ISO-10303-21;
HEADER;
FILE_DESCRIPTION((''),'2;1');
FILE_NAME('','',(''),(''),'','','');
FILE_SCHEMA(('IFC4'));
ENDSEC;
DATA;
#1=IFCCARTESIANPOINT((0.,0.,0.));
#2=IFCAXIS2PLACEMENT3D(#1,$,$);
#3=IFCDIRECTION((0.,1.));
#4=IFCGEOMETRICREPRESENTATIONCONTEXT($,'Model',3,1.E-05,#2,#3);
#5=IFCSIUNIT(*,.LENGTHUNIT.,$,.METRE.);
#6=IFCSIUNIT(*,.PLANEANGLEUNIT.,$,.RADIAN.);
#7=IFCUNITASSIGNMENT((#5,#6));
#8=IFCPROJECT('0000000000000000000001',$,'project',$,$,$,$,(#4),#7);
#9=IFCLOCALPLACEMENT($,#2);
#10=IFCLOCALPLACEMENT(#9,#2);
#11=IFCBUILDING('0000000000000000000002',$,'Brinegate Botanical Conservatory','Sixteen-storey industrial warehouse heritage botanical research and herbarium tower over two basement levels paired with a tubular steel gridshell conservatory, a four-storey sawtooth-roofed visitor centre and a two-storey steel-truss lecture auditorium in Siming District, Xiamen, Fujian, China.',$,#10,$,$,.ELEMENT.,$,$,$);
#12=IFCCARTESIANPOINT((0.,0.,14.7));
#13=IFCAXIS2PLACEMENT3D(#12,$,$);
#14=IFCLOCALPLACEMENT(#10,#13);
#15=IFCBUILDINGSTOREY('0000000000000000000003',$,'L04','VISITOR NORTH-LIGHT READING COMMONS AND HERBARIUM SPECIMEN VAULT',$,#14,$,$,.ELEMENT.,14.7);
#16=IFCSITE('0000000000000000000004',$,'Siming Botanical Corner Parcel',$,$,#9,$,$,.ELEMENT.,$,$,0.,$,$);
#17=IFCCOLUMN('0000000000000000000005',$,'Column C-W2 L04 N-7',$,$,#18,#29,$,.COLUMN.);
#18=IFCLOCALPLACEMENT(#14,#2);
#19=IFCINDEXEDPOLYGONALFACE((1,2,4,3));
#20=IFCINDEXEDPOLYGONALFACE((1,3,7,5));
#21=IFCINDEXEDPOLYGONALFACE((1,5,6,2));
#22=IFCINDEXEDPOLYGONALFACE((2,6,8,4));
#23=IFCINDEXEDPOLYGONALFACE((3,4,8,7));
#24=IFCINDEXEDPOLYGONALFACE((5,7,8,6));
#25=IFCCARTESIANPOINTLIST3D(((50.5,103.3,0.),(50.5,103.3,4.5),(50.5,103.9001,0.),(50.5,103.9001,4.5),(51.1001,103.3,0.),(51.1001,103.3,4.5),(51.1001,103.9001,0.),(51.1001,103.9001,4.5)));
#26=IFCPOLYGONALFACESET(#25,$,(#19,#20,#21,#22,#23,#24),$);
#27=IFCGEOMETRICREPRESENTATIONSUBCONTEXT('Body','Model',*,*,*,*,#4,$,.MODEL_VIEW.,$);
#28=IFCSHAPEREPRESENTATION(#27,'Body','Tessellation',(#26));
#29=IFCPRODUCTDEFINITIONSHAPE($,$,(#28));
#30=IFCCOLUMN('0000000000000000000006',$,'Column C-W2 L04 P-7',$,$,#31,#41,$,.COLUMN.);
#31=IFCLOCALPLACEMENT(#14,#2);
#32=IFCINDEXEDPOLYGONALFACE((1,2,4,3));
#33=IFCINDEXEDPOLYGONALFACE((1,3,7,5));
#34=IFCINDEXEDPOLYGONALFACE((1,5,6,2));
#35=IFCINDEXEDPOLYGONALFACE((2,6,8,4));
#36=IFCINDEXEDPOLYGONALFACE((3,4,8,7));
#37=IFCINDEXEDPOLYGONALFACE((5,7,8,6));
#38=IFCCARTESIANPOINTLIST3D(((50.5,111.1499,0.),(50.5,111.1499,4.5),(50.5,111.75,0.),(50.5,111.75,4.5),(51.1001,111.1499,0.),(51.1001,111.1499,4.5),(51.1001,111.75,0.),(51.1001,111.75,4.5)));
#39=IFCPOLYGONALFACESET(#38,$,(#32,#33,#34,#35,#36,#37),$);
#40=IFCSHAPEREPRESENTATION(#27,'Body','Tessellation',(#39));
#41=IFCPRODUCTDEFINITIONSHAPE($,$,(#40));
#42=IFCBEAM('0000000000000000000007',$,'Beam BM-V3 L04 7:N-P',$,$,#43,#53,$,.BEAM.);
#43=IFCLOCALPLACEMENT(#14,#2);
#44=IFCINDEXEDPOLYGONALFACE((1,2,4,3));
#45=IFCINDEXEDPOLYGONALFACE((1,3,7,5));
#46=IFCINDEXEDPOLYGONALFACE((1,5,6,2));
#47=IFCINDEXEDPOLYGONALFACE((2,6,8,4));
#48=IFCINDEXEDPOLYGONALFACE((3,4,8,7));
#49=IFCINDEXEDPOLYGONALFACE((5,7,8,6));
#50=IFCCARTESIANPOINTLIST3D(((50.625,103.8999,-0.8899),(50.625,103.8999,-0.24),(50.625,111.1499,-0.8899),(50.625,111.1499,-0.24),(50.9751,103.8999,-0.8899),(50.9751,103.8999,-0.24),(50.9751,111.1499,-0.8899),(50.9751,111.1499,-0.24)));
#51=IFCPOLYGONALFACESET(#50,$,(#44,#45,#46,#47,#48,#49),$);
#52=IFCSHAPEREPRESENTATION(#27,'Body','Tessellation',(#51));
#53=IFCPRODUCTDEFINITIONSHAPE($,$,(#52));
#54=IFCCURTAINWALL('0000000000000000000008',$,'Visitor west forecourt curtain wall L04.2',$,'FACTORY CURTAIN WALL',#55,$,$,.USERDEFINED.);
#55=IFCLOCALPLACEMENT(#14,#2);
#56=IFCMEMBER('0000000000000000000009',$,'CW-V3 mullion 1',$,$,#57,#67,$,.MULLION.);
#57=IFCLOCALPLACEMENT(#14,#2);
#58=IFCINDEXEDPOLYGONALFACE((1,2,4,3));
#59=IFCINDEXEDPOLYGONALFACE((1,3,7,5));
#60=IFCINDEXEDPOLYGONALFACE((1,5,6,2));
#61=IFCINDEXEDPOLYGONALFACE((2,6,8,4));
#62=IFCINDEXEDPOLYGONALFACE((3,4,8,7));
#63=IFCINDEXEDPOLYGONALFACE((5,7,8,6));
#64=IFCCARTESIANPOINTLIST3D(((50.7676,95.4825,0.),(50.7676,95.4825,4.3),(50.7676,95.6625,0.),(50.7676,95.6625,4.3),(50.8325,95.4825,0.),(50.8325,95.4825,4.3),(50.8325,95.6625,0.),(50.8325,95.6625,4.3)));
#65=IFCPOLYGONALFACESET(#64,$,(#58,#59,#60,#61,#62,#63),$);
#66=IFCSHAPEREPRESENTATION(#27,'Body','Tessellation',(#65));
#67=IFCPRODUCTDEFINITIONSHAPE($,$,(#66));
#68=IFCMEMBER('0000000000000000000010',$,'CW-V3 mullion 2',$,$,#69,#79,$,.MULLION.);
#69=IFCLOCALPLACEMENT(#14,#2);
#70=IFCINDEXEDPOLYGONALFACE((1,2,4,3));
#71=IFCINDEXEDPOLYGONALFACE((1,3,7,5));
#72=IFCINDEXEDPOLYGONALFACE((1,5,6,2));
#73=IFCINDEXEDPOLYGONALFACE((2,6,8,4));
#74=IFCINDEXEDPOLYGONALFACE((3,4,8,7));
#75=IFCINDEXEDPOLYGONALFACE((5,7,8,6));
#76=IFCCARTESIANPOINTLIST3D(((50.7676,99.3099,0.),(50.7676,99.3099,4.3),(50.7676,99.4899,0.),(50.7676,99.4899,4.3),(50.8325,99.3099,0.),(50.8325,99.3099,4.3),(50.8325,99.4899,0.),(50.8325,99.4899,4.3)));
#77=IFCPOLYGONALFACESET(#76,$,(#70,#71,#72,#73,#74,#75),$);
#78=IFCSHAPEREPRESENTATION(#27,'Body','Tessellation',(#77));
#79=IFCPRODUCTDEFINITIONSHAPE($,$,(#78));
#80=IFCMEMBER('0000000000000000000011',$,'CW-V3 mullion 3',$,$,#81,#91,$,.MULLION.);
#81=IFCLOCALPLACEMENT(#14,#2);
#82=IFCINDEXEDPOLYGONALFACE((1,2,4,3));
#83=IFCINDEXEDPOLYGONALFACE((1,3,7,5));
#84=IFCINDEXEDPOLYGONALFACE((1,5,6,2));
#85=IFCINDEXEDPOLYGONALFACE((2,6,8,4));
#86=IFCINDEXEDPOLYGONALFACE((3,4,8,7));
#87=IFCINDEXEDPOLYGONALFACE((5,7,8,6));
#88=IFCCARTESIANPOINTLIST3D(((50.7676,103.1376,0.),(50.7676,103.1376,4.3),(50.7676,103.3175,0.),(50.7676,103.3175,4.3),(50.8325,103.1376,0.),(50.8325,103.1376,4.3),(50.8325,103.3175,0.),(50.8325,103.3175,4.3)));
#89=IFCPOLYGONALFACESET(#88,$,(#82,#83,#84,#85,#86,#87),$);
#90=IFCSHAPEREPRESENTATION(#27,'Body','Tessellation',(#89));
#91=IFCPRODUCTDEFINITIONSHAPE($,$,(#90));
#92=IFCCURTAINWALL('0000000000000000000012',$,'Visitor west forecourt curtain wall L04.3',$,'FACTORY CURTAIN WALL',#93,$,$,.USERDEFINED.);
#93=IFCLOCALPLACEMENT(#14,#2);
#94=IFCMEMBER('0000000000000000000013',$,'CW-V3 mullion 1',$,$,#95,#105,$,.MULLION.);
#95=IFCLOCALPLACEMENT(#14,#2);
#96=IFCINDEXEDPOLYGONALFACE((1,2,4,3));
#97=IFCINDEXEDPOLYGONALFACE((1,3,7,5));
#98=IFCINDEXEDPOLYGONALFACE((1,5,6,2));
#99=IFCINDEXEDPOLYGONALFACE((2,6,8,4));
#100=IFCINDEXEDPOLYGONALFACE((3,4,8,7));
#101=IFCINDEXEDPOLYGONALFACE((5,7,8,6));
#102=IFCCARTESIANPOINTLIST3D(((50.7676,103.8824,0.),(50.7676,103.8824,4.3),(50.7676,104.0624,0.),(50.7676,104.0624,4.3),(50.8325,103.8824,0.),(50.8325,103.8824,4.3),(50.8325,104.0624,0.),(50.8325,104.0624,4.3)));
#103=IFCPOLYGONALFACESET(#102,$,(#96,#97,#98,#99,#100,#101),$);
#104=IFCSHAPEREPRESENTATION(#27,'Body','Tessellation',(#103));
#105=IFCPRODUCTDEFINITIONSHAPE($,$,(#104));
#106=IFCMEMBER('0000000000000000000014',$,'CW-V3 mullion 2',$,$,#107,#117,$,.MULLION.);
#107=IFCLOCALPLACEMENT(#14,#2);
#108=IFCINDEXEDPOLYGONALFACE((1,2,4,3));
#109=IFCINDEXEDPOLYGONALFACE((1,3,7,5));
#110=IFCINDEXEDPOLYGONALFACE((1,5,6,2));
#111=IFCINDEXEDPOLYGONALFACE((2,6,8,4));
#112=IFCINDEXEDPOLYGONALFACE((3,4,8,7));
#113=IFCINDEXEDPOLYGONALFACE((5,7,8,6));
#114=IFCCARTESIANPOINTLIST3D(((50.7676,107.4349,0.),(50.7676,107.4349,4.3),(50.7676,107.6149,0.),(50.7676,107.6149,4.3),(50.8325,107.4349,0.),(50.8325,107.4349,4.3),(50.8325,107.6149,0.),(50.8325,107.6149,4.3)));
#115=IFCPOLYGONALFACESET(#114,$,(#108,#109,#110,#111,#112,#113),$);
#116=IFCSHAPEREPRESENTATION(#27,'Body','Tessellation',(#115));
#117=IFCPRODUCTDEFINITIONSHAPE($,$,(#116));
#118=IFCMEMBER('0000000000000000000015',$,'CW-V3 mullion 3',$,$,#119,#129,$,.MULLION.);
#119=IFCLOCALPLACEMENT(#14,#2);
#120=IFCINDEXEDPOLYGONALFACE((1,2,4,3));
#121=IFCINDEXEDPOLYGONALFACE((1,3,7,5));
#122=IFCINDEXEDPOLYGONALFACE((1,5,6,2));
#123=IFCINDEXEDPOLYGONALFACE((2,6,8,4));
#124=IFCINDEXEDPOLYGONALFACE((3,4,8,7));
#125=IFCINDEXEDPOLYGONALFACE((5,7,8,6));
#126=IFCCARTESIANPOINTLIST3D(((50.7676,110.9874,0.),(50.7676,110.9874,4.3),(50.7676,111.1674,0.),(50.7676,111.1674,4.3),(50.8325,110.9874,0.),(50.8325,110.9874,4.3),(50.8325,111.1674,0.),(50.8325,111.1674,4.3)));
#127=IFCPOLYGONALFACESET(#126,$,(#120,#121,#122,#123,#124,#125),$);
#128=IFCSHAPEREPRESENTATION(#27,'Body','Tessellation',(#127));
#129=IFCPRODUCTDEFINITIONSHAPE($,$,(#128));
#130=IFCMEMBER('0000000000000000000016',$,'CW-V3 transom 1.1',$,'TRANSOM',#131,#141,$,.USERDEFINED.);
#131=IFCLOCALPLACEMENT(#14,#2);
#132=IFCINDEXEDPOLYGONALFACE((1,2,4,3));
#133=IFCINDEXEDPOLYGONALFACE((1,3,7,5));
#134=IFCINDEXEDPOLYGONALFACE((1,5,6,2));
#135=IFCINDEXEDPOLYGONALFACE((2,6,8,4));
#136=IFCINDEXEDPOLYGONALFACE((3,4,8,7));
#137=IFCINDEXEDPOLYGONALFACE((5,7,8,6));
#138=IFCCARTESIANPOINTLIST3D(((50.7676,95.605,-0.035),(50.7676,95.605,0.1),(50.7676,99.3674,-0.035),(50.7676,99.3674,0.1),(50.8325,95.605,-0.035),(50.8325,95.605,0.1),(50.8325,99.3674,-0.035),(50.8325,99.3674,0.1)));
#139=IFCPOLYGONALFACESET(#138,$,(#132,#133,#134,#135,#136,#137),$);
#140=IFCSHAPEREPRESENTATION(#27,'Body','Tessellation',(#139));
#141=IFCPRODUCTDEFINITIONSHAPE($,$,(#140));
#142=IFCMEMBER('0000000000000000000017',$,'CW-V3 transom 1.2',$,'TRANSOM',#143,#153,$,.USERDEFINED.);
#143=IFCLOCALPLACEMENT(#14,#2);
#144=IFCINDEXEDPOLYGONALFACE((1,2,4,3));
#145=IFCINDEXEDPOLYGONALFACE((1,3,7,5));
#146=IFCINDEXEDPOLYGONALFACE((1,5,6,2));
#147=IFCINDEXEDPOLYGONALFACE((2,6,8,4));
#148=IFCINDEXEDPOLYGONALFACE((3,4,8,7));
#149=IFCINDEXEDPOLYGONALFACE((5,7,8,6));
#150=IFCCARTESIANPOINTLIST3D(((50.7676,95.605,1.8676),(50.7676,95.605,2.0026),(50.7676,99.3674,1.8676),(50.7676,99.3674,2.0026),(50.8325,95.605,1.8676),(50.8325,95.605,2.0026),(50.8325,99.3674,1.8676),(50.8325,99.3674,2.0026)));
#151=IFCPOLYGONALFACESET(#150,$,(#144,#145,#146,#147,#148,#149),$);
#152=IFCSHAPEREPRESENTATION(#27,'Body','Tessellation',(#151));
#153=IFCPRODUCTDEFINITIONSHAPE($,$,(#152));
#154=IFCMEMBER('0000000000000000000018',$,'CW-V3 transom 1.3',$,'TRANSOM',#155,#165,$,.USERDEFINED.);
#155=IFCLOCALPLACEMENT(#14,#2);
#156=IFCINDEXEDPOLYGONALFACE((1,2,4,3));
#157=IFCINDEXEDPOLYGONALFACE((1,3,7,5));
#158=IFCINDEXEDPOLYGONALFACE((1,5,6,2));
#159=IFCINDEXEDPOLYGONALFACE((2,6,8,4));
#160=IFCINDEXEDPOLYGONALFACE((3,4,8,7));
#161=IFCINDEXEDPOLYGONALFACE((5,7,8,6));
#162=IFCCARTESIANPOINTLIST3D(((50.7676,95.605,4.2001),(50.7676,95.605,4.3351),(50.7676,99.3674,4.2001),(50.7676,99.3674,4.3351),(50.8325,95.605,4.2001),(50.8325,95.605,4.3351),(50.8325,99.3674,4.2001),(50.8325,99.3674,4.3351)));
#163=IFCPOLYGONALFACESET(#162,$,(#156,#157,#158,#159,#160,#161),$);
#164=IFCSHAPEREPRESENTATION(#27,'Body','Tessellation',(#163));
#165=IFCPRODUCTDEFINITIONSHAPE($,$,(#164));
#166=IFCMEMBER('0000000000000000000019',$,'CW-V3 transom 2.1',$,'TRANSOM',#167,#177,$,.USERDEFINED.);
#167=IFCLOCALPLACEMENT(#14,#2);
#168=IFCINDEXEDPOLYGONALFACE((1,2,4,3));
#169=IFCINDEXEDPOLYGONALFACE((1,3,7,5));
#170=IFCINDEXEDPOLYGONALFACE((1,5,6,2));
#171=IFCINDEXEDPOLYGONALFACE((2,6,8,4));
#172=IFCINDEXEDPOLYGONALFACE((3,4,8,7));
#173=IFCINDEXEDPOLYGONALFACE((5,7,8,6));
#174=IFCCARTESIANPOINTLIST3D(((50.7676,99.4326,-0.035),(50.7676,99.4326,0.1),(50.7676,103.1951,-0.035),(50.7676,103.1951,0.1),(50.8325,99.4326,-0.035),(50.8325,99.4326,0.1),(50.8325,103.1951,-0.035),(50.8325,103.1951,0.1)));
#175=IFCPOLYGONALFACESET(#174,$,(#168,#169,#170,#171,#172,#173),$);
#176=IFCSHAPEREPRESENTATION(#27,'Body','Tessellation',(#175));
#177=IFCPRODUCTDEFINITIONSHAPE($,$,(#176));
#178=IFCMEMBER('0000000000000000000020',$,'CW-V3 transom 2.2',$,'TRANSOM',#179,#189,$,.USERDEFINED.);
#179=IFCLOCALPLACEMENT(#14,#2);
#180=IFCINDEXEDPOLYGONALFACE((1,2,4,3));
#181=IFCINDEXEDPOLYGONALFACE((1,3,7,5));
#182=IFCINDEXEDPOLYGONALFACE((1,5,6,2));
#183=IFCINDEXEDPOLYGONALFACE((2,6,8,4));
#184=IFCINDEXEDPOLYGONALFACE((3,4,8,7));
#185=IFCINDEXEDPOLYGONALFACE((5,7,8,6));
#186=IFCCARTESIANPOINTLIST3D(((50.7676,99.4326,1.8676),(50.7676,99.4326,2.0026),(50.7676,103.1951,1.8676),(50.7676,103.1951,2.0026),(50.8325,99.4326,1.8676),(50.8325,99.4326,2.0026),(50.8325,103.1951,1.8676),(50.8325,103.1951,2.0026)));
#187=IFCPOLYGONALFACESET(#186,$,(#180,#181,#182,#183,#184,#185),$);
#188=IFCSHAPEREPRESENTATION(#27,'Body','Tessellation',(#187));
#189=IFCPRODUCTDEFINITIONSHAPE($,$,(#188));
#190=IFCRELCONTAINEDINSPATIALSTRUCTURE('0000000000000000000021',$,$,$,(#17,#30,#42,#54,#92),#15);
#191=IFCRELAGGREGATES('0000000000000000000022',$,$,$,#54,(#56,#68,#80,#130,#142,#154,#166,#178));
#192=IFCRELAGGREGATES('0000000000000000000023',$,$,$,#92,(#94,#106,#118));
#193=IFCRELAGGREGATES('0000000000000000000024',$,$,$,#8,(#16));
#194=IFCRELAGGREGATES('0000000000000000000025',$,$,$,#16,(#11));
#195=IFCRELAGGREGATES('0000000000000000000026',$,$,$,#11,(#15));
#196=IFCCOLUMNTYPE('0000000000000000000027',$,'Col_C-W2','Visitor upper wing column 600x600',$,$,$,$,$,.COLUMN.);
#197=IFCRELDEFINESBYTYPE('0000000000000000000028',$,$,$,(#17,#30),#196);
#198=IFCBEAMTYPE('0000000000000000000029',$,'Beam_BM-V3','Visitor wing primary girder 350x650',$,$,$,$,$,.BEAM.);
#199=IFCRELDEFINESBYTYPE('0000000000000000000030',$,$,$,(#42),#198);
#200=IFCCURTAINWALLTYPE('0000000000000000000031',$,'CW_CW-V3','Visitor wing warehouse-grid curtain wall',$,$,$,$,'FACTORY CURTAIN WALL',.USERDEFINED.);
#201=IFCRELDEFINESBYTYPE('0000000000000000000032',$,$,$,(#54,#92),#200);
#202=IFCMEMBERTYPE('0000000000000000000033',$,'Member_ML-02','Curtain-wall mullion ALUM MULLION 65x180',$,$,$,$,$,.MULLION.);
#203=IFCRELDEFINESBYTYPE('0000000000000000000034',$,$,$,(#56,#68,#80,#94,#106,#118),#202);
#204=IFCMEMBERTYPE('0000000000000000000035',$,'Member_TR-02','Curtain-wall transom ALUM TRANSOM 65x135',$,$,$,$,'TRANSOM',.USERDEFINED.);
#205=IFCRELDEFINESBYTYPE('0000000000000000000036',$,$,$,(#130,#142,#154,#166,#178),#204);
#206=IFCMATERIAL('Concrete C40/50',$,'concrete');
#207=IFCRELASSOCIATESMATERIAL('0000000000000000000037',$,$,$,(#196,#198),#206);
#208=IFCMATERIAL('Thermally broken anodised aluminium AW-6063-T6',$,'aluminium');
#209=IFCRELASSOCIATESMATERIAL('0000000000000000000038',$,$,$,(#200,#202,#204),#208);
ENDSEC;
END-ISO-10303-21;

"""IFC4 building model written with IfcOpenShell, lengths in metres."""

from ifc_helpers import new_model, si_unit, direction, frame, origin, origin_2d, place, context, subcontext, project, spatial, rectangle, extrude, material, material_profile, profile_set, type_object, element, aggregate, save


model = new_model("IFC4")

# Units and contexts
model_context = context("Model", 3, precision=1e-05, world=origin(), true_north=direction((0.0, 1.0)))
body_context = subcontext(model_context, "Body", "Model", "MODEL_VIEW")
ifc_project = project(units=[si_unit("LENGTHUNIT", "METRE"), si_unit("PLANEANGLEUNIT", "RADIAN")], contexts=[model_context])

# Site, building, storey
site_placement = place(None, origin())
site = spatial("IfcSite", under=ifc_project, at=site_placement, Name="Siming Botanical Corner Parcel", CompositionType="ELEMENT", RefElevation=0.0)
building_placement = place(site_placement, origin())
building = spatial("IfcBuilding", under=site, at=building_placement, Name="Brinegate Botanical Conservatory", Description="Sixteen-storey industrial warehouse heritage botanical research and herbarium tower over two basement levels paired with a tubular steel gridshell conservatory, a four-storey sawtooth-roofed visitor centre and a two-storey steel-truss lecture auditorium in Siming District, Xiamen, Fujian, China.", CompositionType="ELEMENT")
storey_placement = place(building_placement, frame((0.0, 0.0, 14.7)))
storey = spatial("IfcBuildingStorey", under=building, at=storey_placement, Name="L04", Description="VISITOR NORTH-LIGHT READING COMMONS AND HERBARIUM SPECIMEN VAULT", CompositionType="ELEMENT", Elevation=14.7)

# Columns
ifc_material_1 = material(Name="Concrete C40/50", Category="concrete")
ifc_material_profile_1 = material_profile(ifc_material_1, rectangle(XDim=0.6001, YDim=0.6001, at=origin_2d()), Name="RC COL 600x600")
ifc_profile_set_1 = profile_set([ifc_material_profile_1], Name="Concrete C40/50")
column_type = type_object("IfcColumnType", Name="Col_C-W2", Description="Visitor upper wing column 600x600", PredefinedType="COLUMN", material=ifc_profile_set_1)
for number, where, z_axis, x_axis, name in (
    (1, (50.8, 103.6001, 0.0), (0.0, 0.0, 1.0), (1.0, 0.0, 0.0), "Column C-W2 L04 N-7"),
    (2, (50.8, 111.45, 0.0), (0.0, 0.0, 1.0), (1.0, 0.0, 0.0), "Column C-W2 L04 P-7"),
):
    element("IfcColumn", number, at=place(storey_placement, frame(where, z_axis=z_axis, x_axis=x_axis)), inside=storey, type_object=column_type, Name=name, PredefinedType="COLUMN", context=body_context, shape_type="SweptSolid", body=[
        extrude(rectangle(XDim=0.6001, YDim=0.6001, at=origin_2d()), origin(), (0.0, 0.0, 1.0), 4.5),
    ])

# Beam
ifc_material_profile_2 = material_profile(ifc_material_1, rectangle(XDim=0.3501, YDim=0.6499, at=origin_2d()), Name="RC BM 350x650")
ifc_profile_set_2 = profile_set([ifc_material_profile_2], Name="Concrete C40/50")
beam_type = type_object("IfcBeamType", Name="Beam_BM-V3", Description="Visitor wing primary girder 350x650", PredefinedType="BEAM", material=ifc_profile_set_2)
beam_placement = place(storey_placement, frame((50.8, 103.8999, -0.5649), z_axis=(0.0, 1.0, 0.0), x_axis=(-1.0, 0.0, 0.0)))
element("IfcBeam", 3, at=beam_placement, inside=storey, type_object=beam_type, Name="Beam BM-V3 L04 7:N-P", PredefinedType="BEAM", context=body_context, shape_type="SweptSolid", body=[
    extrude(rectangle(XDim=0.3501, YDim=0.6499, at=origin_2d()), origin(), (0.0, 0.0, 1.0), 7.25),
])

# Curtain walls, members
ifc_material_2 = material(Name="Thermally broken anodised aluminium AW-6063-T6", Category="aluminium")
curtain_wall_type = type_object("IfcCurtainWallType", Name="CW_CW-V3", Description="Visitor wing warehouse-grid curtain wall", ElementType="FACTORY CURTAIN WALL", PredefinedType="USERDEFINED", material=ifc_material_2)
curtain_wall_1_placement = place(storey_placement, origin())
curtain_wall_1 = element("IfcCurtainWall", 4, at=curtain_wall_1_placement, inside=storey, type_object=curtain_wall_type, Name="Visitor west forecourt curtain wall L04.2", ObjectType="FACTORY CURTAIN WALL", PredefinedType="USERDEFINED")
ifc_material_profile_3 = material_profile(ifc_material_2, rectangle(XDim=0.0649, YDim=0.1799, at=origin_2d()), Name="ALUM MULLION 65x180")
ifc_profile_set_3 = profile_set([ifc_material_profile_3], Name="Thermally broken anodised aluminium AW-6063-T6")
member_type_1 = type_object("IfcMemberType", Name="Member_ML-02", Description="Curtain-wall mullion ALUM MULLION 65x180", PredefinedType="MULLION", material=ifc_profile_set_3)
member_1_placement = place(storey_placement, frame((50.8, 95.5725, 0.0), z_axis=(0.0, 0.0, 1.0), x_axis=(-1.0, 0.0, 0.0)))
member_1 = element("IfcMember", 5, at=member_1_placement, type_object=member_type_1, Name="CW-V3 mullion 1", PredefinedType="MULLION", context=body_context, shape_type="SweptSolid", body=[
    extrude(rectangle(XDim=0.0649, YDim=0.1799, at=origin_2d()), origin(), (0.0, 0.0, 1.0), 4.3),
])
member_2_placement = place(storey_placement, frame((50.8, 99.3999, 0.0), z_axis=(0.0, 0.0, 1.0), x_axis=(-1.0, 0.0, 0.0)))
member_2 = element("IfcMember", 6, at=member_2_placement, type_object=member_type_1, Name="CW-V3 mullion 2", PredefinedType="MULLION", context=body_context, shape_type="SweptSolid", body=[
    extrude(rectangle(XDim=0.0649, YDim=0.1799, at=origin_2d()), origin(), (0.0, 0.0, 1.0), 4.3),
])
member_3_placement = place(storey_placement, frame((50.8, 103.2275, 0.0), z_axis=(0.0, 0.0, 1.0), x_axis=(-1.0, 0.0, 0.0)))
member_3 = element("IfcMember", 7, at=member_3_placement, type_object=member_type_1, Name="CW-V3 mullion 3", PredefinedType="MULLION", context=body_context, shape_type="SweptSolid", body=[
    extrude(rectangle(XDim=0.0649, YDim=0.1799, at=origin_2d()), origin(), (0.0, 0.0, 1.0), 4.3),
])
curtain_wall_2_placement = place(storey_placement, origin())
curtain_wall_2 = element("IfcCurtainWall", 8, at=curtain_wall_2_placement, inside=storey, type_object=curtain_wall_type, Name="Visitor west forecourt curtain wall L04.3", ObjectType="FACTORY CURTAIN WALL", PredefinedType="USERDEFINED")
member_4_placement = place(storey_placement, frame((50.8, 103.9724, 0.0), z_axis=(0.0, 0.0, 1.0), x_axis=(-1.0, 0.0, 0.0)))
member_4 = element("IfcMember", 9, at=member_4_placement, type_object=member_type_1, Name="CW-V3 mullion 1", PredefinedType="MULLION", context=body_context, shape_type="SweptSolid", body=[
    extrude(rectangle(XDim=0.0649, YDim=0.1799, at=origin_2d()), origin(), (0.0, 0.0, 1.0), 4.3),
])
member_5_placement = place(storey_placement, frame((50.8, 107.5249, 0.0), z_axis=(0.0, 0.0, 1.0), x_axis=(-1.0, 0.0, 0.0)))
member_5 = element("IfcMember", 10, at=member_5_placement, type_object=member_type_1, Name="CW-V3 mullion 2", PredefinedType="MULLION", context=body_context, shape_type="SweptSolid", body=[
    extrude(rectangle(XDim=0.0649, YDim=0.1799, at=origin_2d()), origin(), (0.0, 0.0, 1.0), 4.3),
])
member_6_placement = place(storey_placement, frame((50.8, 111.0774, 0.0), z_axis=(0.0, 0.0, 1.0), x_axis=(-1.0, 0.0, 0.0)))
member_6 = element("IfcMember", 11, at=member_6_placement, type_object=member_type_1, Name="CW-V3 mullion 3", PredefinedType="MULLION", context=body_context, shape_type="SweptSolid", body=[
    extrude(rectangle(XDim=0.0649, YDim=0.1799, at=origin_2d()), origin(), (0.0, 0.0, 1.0), 4.3),
])

# Members
ifc_material_profile_4 = material_profile(ifc_material_2, rectangle(XDim=0.0649, YDim=0.135, at=origin_2d()), Name="ALUM TRANSOM 65x135")
ifc_profile_set_4 = profile_set([ifc_material_profile_4], Name="Thermally broken anodised aluminium AW-6063-T6")
member_type_2 = type_object("IfcMemberType", Name="Member_TR-02", Description="Curtain-wall transom ALUM TRANSOM 65x135", ElementType="TRANSOM", PredefinedType="USERDEFINED", material=ifc_profile_set_4)
member_7_placement = place(storey_placement, frame((50.8, 95.605, 0.0325), z_axis=(0.0, 1.0, 0.0), x_axis=(-1.0, 0.0, 0.0)))
member_7 = element("IfcMember", 12, at=member_7_placement, type_object=member_type_2, Name="CW-V3 transom 1.1", ObjectType="TRANSOM", PredefinedType="USERDEFINED", context=body_context, shape_type="SweptSolid", body=[
    extrude(rectangle(XDim=0.0649, YDim=0.135, at=origin_2d()), origin(), (0.0, 0.0, 1.0), 3.7625),
])
member_8_placement = place(storey_placement, frame((50.8, 95.605, 1.9351), z_axis=(0.0, 1.0, 0.0), x_axis=(-1.0, 0.0, 0.0)))
member_8 = element("IfcMember", 13, at=member_8_placement, type_object=member_type_2, Name="CW-V3 transom 1.2", ObjectType="TRANSOM", PredefinedType="USERDEFINED", context=body_context, shape_type="SweptSolid", body=[
    extrude(rectangle(XDim=0.0649, YDim=0.135, at=origin_2d()), origin(), (0.0, 0.0, 1.0), 3.7625),
])
member_9_placement = place(storey_placement, frame((50.8, 95.605, 4.2676), z_axis=(0.0, 1.0, 0.0), x_axis=(-1.0, 0.0, 0.0)))
member_9 = element("IfcMember", 14, at=member_9_placement, type_object=member_type_2, Name="CW-V3 transom 1.3", ObjectType="TRANSOM", PredefinedType="USERDEFINED", context=body_context, shape_type="SweptSolid", body=[
    extrude(rectangle(XDim=0.0649, YDim=0.135, at=origin_2d()), origin(), (0.0, 0.0, 1.0), 3.7625),
])
member_10_placement = place(storey_placement, frame((50.8, 99.4326, 0.0325), z_axis=(0.0, 1.0, 0.0), x_axis=(-1.0, 0.0, 0.0)))
member_10 = element("IfcMember", 15, at=member_10_placement, type_object=member_type_2, Name="CW-V3 transom 2.1", ObjectType="TRANSOM", PredefinedType="USERDEFINED", context=body_context, shape_type="SweptSolid", body=[
    extrude(rectangle(XDim=0.0649, YDim=0.135, at=origin_2d()), origin(), (0.0, 0.0, 1.0), 3.7625),
])
member_11_placement = place(storey_placement, frame((50.8, 99.4326, 1.9351), z_axis=(0.0, 1.0, 0.0), x_axis=(-1.0, 0.0, 0.0)))
member_11 = element("IfcMember", 16, at=member_11_placement, type_object=member_type_2, Name="CW-V3 transom 2.2", ObjectType="TRANSOM", PredefinedType="USERDEFINED", context=body_context, shape_type="SweptSolid", body=[
    extrude(rectangle(XDim=0.0649, YDim=0.135, at=origin_2d()), origin(), (0.0, 0.0, 1.0), 3.7625),
])

aggregate(curtain_wall_1, [member_1, member_2, member_3, member_7, member_8, member_9, member_10, member_11])
aggregate(curtain_wall_2, [member_4, member_5, member_6])

save(model, "model.ifc")
